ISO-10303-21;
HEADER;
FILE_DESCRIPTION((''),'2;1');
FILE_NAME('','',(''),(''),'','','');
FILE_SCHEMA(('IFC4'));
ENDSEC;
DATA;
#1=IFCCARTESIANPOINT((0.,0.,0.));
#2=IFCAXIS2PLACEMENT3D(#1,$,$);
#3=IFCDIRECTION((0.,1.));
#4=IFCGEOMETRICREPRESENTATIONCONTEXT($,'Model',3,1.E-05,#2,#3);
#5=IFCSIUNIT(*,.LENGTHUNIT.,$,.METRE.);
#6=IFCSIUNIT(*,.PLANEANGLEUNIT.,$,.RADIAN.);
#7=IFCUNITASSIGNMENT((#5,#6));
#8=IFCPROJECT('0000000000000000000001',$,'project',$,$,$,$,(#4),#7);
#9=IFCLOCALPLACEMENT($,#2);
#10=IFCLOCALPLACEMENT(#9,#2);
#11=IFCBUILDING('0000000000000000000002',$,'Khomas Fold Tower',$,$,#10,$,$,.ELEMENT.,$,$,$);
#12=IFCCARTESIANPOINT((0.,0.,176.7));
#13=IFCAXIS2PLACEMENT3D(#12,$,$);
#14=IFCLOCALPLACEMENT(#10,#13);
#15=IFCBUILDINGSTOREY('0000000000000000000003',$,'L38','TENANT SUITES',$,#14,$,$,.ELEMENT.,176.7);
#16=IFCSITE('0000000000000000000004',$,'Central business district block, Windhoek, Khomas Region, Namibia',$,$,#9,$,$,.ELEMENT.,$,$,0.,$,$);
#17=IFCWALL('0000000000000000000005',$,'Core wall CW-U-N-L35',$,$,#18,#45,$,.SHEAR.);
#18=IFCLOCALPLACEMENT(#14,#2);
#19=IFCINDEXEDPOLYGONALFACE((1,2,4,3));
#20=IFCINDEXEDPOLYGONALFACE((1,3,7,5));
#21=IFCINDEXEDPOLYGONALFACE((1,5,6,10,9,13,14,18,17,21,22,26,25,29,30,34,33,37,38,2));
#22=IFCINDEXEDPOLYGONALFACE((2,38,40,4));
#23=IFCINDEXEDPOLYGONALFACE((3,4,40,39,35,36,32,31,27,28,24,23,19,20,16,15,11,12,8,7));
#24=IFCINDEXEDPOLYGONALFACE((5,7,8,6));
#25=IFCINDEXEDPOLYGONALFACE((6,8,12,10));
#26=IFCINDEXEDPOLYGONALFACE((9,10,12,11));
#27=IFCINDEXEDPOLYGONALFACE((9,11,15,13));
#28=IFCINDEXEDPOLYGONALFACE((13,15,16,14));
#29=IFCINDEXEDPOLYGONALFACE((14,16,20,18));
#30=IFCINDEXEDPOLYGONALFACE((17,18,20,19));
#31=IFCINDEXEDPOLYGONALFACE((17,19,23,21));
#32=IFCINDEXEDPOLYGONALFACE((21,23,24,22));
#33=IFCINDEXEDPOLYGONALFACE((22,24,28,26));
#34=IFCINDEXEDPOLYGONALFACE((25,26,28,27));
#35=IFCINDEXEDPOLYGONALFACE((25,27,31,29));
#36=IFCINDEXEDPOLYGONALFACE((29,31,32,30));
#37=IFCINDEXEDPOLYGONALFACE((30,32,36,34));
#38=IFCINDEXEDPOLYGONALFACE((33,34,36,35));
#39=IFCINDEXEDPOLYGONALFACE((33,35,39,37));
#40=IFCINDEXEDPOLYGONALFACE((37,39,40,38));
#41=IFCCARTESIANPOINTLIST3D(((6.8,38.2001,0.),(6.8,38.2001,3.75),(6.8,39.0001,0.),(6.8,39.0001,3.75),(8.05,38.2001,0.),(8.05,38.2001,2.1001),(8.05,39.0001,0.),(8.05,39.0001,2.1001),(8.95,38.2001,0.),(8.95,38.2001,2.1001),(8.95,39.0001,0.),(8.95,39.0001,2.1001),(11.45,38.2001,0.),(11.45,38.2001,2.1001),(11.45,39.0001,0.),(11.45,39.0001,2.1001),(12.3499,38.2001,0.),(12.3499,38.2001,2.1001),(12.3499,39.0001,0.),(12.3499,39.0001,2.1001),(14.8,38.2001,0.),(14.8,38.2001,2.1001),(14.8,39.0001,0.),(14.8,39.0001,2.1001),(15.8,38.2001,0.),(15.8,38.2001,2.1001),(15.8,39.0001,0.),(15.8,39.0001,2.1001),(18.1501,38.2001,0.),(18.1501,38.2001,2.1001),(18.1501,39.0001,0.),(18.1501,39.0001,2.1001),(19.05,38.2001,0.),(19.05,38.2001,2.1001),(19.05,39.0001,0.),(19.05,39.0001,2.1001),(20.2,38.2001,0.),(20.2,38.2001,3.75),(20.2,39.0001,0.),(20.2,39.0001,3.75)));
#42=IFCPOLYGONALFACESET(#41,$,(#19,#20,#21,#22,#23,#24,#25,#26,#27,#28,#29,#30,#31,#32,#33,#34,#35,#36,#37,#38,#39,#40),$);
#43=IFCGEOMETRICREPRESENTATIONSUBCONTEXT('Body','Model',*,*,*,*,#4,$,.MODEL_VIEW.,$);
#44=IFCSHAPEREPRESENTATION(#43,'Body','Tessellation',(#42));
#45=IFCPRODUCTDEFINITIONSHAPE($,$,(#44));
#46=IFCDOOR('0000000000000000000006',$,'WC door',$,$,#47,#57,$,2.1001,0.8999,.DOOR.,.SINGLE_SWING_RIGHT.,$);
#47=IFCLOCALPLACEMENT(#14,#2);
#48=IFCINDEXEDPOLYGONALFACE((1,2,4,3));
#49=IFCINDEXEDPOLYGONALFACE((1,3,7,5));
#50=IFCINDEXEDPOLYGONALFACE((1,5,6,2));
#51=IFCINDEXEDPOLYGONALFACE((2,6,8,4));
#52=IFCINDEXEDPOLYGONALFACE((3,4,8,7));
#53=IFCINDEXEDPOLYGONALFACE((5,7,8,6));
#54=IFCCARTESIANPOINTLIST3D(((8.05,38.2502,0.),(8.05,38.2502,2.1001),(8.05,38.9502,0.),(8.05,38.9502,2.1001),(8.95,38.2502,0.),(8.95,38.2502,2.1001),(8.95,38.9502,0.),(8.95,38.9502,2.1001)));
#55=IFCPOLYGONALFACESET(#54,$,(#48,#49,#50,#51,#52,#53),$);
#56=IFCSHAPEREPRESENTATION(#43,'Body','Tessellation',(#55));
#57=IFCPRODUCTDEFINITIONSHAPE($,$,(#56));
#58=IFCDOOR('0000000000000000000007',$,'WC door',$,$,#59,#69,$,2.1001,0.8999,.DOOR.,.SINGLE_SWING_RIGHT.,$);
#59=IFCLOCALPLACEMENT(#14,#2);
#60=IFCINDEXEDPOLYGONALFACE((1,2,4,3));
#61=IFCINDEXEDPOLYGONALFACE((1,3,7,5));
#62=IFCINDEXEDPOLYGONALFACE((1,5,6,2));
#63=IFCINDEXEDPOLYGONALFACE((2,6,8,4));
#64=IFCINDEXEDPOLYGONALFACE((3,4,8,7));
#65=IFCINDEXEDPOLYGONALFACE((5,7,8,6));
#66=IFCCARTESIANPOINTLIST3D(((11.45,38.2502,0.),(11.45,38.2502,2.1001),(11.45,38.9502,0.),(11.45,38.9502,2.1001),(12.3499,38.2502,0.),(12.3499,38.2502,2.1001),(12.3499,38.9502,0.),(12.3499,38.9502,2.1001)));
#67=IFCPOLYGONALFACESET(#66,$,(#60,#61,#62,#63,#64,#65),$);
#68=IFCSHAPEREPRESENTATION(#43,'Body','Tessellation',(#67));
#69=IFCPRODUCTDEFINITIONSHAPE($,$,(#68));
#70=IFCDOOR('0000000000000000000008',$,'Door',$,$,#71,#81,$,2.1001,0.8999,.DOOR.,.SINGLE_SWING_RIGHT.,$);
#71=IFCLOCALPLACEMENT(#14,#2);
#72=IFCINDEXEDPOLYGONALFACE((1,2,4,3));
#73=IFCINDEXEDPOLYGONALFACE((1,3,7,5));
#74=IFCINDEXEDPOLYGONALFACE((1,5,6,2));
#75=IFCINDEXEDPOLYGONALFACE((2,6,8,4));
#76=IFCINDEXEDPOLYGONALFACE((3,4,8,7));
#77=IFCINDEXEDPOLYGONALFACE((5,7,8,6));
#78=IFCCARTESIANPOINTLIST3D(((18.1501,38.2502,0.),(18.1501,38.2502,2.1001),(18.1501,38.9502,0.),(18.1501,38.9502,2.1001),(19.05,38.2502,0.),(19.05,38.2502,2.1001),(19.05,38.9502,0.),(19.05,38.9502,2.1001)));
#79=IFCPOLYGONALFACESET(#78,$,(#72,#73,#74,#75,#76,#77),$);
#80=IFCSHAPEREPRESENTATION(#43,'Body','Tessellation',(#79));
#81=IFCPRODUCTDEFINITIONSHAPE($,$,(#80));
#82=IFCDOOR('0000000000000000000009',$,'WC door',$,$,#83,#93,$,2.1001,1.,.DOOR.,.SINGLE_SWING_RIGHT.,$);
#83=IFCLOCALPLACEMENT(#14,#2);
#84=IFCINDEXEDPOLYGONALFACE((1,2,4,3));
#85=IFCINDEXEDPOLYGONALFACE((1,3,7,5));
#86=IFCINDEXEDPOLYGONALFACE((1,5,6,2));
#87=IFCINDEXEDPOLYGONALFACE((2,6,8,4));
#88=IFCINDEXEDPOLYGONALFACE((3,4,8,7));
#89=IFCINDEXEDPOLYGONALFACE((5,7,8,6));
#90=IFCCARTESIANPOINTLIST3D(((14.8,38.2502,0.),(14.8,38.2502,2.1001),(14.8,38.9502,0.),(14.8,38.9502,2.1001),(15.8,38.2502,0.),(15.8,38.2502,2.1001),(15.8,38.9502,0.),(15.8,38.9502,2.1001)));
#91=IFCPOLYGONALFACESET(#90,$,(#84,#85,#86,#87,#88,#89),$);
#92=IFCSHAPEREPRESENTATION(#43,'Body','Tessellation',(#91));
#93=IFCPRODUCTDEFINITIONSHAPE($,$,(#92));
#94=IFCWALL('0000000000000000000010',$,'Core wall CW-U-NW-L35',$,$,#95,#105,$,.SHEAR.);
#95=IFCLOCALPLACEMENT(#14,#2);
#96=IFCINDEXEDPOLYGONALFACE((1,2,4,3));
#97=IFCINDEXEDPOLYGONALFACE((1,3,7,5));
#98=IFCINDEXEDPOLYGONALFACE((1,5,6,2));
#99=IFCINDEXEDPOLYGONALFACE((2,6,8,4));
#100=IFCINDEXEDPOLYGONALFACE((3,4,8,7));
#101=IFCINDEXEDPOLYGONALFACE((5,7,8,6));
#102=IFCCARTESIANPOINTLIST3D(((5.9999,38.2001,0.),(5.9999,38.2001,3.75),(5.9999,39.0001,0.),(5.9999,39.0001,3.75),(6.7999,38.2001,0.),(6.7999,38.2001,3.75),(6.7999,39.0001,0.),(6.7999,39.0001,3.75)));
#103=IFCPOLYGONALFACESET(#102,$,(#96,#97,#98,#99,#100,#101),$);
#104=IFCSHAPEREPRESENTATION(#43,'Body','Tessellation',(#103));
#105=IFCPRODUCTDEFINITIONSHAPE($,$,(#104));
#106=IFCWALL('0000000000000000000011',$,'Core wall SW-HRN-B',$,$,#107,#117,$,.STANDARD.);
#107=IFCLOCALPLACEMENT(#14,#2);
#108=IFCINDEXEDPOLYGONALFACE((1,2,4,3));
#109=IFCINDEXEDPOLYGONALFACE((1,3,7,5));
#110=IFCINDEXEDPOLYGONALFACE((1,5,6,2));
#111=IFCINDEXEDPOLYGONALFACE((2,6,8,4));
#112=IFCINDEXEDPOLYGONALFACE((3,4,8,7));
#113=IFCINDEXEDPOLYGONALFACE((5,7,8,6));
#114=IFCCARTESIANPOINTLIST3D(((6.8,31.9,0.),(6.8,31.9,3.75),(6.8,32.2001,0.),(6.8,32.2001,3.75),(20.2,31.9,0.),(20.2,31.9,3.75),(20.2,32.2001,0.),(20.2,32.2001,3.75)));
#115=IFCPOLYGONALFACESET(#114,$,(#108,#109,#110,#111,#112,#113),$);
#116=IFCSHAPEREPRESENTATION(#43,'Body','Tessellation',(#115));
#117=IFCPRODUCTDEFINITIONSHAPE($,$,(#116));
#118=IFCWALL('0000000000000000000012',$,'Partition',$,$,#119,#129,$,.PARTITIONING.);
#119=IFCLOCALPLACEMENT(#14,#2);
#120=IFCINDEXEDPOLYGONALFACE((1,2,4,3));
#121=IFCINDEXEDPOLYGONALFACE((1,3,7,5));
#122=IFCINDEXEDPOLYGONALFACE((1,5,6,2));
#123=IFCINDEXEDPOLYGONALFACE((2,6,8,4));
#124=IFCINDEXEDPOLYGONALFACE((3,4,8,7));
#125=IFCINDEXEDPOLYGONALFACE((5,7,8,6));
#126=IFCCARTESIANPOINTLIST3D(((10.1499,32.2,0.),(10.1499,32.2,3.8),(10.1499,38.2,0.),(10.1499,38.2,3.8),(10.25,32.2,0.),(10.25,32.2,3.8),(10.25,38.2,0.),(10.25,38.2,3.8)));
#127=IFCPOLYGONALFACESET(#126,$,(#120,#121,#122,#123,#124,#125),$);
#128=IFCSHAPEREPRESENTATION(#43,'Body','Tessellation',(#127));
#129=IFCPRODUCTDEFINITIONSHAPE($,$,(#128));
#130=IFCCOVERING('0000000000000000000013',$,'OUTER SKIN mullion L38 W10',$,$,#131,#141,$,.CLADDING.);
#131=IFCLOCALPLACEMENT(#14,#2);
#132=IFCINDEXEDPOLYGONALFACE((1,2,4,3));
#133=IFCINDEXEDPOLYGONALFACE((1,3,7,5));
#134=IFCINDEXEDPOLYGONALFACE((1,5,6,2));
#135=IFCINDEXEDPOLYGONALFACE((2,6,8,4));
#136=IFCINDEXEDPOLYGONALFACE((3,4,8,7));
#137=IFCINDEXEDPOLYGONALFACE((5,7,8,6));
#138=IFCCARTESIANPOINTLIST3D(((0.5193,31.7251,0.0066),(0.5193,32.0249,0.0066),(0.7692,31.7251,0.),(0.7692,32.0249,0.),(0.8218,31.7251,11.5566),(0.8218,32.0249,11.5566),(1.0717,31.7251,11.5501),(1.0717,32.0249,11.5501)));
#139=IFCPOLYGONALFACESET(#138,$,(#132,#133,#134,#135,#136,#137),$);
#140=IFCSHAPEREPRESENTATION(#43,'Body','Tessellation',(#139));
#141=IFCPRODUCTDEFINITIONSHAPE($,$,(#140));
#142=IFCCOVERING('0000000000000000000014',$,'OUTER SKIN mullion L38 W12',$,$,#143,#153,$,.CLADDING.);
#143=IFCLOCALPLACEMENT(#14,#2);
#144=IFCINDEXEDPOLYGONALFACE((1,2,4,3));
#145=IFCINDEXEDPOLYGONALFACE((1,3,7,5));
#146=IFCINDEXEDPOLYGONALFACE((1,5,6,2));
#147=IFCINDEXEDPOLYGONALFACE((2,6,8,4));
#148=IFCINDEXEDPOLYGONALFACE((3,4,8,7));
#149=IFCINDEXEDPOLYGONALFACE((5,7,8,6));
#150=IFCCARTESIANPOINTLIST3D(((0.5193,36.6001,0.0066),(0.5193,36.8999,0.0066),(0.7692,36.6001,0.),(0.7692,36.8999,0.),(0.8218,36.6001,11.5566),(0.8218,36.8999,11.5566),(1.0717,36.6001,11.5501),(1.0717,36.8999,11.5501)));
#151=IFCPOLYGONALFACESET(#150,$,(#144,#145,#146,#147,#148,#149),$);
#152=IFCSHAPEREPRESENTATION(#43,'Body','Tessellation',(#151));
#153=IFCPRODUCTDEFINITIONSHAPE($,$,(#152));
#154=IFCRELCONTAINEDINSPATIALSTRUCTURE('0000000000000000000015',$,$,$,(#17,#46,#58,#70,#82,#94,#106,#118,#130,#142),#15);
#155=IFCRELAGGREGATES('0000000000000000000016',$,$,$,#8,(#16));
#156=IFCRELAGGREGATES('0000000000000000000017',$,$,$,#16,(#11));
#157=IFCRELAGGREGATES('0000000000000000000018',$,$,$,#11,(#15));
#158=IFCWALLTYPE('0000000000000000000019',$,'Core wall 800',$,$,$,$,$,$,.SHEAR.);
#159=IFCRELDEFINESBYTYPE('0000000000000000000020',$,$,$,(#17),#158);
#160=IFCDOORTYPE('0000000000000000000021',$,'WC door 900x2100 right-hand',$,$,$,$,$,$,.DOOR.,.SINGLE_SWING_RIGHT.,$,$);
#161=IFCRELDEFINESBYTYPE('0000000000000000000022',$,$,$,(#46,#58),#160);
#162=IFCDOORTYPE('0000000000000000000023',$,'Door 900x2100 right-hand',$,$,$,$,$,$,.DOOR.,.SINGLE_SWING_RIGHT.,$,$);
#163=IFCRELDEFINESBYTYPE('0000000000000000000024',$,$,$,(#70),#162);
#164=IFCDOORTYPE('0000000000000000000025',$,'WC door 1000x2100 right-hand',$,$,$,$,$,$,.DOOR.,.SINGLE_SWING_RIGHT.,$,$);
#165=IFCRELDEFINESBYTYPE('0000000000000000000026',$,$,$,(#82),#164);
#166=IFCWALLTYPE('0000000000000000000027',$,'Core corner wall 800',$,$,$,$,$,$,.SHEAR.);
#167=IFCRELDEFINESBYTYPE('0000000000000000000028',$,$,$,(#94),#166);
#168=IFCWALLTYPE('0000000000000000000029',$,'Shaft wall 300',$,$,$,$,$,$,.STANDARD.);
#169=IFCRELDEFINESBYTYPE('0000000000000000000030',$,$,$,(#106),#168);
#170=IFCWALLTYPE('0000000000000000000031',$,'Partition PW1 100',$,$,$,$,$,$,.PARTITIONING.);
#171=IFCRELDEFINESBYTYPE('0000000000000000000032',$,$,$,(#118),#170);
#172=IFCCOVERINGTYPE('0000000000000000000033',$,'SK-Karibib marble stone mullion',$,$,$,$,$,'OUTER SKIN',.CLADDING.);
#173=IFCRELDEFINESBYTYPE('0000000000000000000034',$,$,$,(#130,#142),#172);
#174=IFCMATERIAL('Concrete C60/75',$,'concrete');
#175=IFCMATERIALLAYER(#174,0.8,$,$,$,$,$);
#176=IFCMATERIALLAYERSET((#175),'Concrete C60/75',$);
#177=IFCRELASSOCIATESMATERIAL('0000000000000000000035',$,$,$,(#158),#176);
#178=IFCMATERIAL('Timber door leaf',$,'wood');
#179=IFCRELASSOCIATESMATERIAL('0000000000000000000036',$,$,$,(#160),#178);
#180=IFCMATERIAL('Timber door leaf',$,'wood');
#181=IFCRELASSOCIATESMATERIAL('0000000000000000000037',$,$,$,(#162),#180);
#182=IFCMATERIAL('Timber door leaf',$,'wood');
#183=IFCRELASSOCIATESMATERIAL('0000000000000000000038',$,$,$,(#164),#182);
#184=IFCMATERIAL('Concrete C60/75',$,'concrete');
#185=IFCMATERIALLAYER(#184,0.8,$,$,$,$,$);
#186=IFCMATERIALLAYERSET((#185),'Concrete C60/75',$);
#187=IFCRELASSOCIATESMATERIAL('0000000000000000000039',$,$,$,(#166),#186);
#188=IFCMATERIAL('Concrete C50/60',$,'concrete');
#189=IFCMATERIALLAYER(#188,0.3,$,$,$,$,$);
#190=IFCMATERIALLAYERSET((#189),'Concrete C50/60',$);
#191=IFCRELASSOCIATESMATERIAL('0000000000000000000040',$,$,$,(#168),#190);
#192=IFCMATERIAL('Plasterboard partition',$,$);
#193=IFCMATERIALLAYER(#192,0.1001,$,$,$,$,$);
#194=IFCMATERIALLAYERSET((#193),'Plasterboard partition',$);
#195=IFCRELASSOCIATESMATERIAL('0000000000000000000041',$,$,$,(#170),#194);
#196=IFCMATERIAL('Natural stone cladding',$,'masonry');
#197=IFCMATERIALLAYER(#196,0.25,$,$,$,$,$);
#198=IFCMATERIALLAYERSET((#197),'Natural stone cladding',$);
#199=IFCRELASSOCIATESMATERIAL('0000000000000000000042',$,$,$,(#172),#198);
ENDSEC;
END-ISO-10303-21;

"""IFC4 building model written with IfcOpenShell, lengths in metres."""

from ifc_helpers import new_model, si_unit, direction, frame, frame_2d, origin, place, context, subcontext, project, spatial, polyline, rectangle, outline, extrude, source, transform, mapped, material, layer, layer_set, type_object, element, fill, save


model = new_model("IFC4")

# Units and contexts
model_context = context("Model", 3, precision=1e-05, world=origin(), true_north=direction((0.0, 1.0)))
body_context = subcontext(model_context, "Body", "Model", "MODEL_VIEW")
ifc_project = project(units=[si_unit("LENGTHUNIT", "METRE"), si_unit("PLANEANGLEUNIT", "RADIAN")], contexts=[model_context])

# Site, building, storey
site_placement = place(None, origin())
site = spatial("IfcSite", under=ifc_project, at=site_placement, Name="Central business district block, Windhoek, Khomas Region, Namibia", CompositionType="ELEMENT", RefElevation=0.0)
building_placement = place(site_placement, origin())
building = spatial("IfcBuilding", under=site, at=building_placement, Name="Khomas Fold Tower", CompositionType="ELEMENT")
storey_placement = place(building_placement, frame((0.0, 0.0, 176.7)))
storey = spatial("IfcBuildingStorey", under=building, at=storey_placement, Name="L38", Description="TENANT SUITES", CompositionType="ELEMENT", Elevation=176.7)

# Wall, openings, doors
ifc_material_1 = material(Name="Concrete C60/75", Category="concrete")
ifc_layer_1 = layer(ifc_material_1, 0.8)
ifc_layer_set_1 = layer_set([ifc_layer_1], Name="Concrete C60/75")
wall_type_1 = type_object("IfcWallType", Name="Core wall 800", PredefinedType="SHEAR", material=ifc_layer_set_1)
shared_shape_1 = source(origin(), body_context, "Body", "SweptSolid", [
    extrude(rectangle(XDim=13.3999, YDim=0.8, at=frame_2d((6.7, 0.0))), origin(), (0.0, 0.0, 1.0), 3.75),
])
wall_1_placement = place(storey_placement, frame((6.8, 38.6001, 0.0), z_axis=(0.0, 0.0, 1.0), x_axis=(1.0, 0.0, 0.0)))
wall_1 = element("IfcWall", 1, at=wall_1_placement, inside=storey, type_object=wall_type_1, Name="Core wall CW-U-N-L35", PredefinedType="SHEAR", context=body_context, shape_type="MappedRepresentation", body=[
    mapped(shared_shape_1, transform((0.0, 0.0, 0.0))),
])
shared_shape_2 = source(origin(), body_context, "Body", "SweptSolid", [
    extrude(rectangle(XDim=0.8999, YDim=2.1001, at=frame_2d((0.45, 1.05))), frame((0.0, 0.4099, 0.0), z_axis=(0.0, -1.0, 0.0), x_axis=(1.0, 0.0, 0.0)), (0.0, 0.0, 1.0), 0.8201),
])
opening_1_placement = place(wall_1_placement, frame((1.25, 0.0, 0.0)))
opening_1 = element("IfcOpeningElement", 2, at=opening_1_placement, cuts=wall_1, PredefinedType="OPENING", context=body_context, shape_type="MappedRepresentation", body=[
    mapped(shared_shape_2, transform((0.0, 0.0, 0.0))),
])
opening_2_placement = place(wall_1_placement, frame((4.6499, 0.0, 0.0)))
opening_2 = element("IfcOpeningElement", 3, at=opening_2_placement, cuts=wall_1, PredefinedType="OPENING", context=body_context, shape_type="MappedRepresentation", body=[
    mapped(shared_shape_2, transform((0.0, 0.0, 0.0))),
])
shared_shape_3 = source(origin(), body_context, "Body", "SweptSolid", [
    extrude(rectangle(XDim=1.0, YDim=2.1001, at=frame_2d((0.5, 1.05))), frame((0.0, 0.4099, 0.0), z_axis=(0.0, -1.0, 0.0), x_axis=(1.0, 0.0, 0.0)), (0.0, 0.0, 1.0), 0.8201),
])
opening_3_placement = place(wall_1_placement, frame((8.0, 0.0, 0.0)))
opening_3 = element("IfcOpeningElement", 4, at=opening_3_placement, cuts=wall_1, PredefinedType="OPENING", context=body_context, shape_type="MappedRepresentation", body=[
    mapped(shared_shape_3, transform((0.0, 0.0, 0.0))),
])
opening_4_placement = place(wall_1_placement, frame((11.3501, 0.0, 0.0)))
opening_4 = element("IfcOpeningElement", 5, at=opening_4_placement, cuts=wall_1, PredefinedType="OPENING", context=body_context, shape_type="MappedRepresentation", body=[
    mapped(shared_shape_2, transform((0.0, 0.0, 0.0))),
])
ifc_material_2 = material(Name="Timber door leaf", Category="wood")
door_type_1 = type_object("IfcDoorType", Name="WC door 900x2100 right-hand", OperationType="SINGLE_SWING_RIGHT", PredefinedType="DOOR", material=ifc_material_2)
shared_shape_4 = source(origin(), body_context, "Body", "SweptSolid", [
    extrude(rectangle(XDim=0.8999, YDim=2.1001, at=frame_2d((0.45, 1.05))), frame((0.0, 0.3501, 0.0), z_axis=(0.0, -1.0, 0.0), x_axis=(1.0, 0.0, 0.0)), (0.0, 0.0, 1.0), 0.7),
])
door_1_placement = place(opening_1_placement, origin())
door_1 = element("IfcDoor", 6, at=door_1_placement, inside=storey, type_object=door_type_1, Name="WC door", OperationType="SINGLE_SWING_RIGHT", OverallHeight=2.1001, OverallWidth=0.8999, PredefinedType="DOOR", context=body_context, shape_type="MappedRepresentation", body=[
    mapped(shared_shape_4, transform((0.0, 0.0, 0.0))),
])
fill(opening_1, door_1)
door_2_placement = place(opening_2_placement, origin())
door_2 = element("IfcDoor", 7, at=door_2_placement, inside=storey, type_object=door_type_1, Name="WC door", OperationType="SINGLE_SWING_RIGHT", OverallHeight=2.1001, OverallWidth=0.8999, PredefinedType="DOOR", context=body_context, shape_type="MappedRepresentation", body=[
    mapped(shared_shape_4, transform((0.0, 0.0, 0.0))),
])
fill(opening_2, door_2)
ifc_material_3 = material(Name="Timber door leaf", Category="wood")
door_type_2 = type_object("IfcDoorType", Name="Door 900x2100 right-hand", OperationType="SINGLE_SWING_RIGHT", PredefinedType="DOOR", material=ifc_material_3)
door_3_placement = place(opening_4_placement, origin())
door_3 = element("IfcDoor", 8, at=door_3_placement, inside=storey, type_object=door_type_2, Name="Door", OperationType="SINGLE_SWING_RIGHT", OverallHeight=2.1001, OverallWidth=0.8999, PredefinedType="DOOR", context=body_context, shape_type="MappedRepresentation", body=[
    mapped(shared_shape_4, transform((0.0, 0.0, 0.0))),
])
fill(opening_4, door_3)
ifc_material_4 = material(Name="Timber door leaf", Category="wood")
door_type_3 = type_object("IfcDoorType", Name="WC door 1000x2100 right-hand", OperationType="SINGLE_SWING_RIGHT", PredefinedType="DOOR", material=ifc_material_4)
shared_shape_5 = source(origin(), body_context, "Body", "SweptSolid", [
    extrude(rectangle(XDim=1.0, YDim=2.1001, at=frame_2d((0.5, 1.05))), frame((0.0, 0.3501, 0.0), z_axis=(0.0, -1.0, 0.0), x_axis=(1.0, 0.0, 0.0)), (0.0, 0.0, 1.0), 0.7),
])
door_4_placement = place(opening_3_placement, origin())
door_4 = element("IfcDoor", 9, at=door_4_placement, inside=storey, type_object=door_type_3, Name="WC door", OperationType="SINGLE_SWING_RIGHT", OverallHeight=2.1001, OverallWidth=1.0, PredefinedType="DOOR", context=body_context, shape_type="MappedRepresentation", body=[
    mapped(shared_shape_5, transform((0.0, 0.0, 0.0))),
])
fill(opening_3, door_4)

# Walls
ifc_material_5 = material(Name="Concrete C60/75", Category="concrete")
ifc_layer_2 = layer(ifc_material_5, 0.8)
ifc_layer_set_2 = layer_set([ifc_layer_2], Name="Concrete C60/75")
wall_type_2 = type_object("IfcWallType", Name="Core corner wall 800", PredefinedType="SHEAR", material=ifc_layer_set_2)
shared_shape_6 = source(origin(), body_context, "Body", "SweptSolid", [
    extrude(rectangle(XDim=0.8, YDim=0.8, at=frame_2d((0.3999, 0.0))), origin(), (0.0, 0.0, 1.0), 3.75),
])
wall_2_placement = place(storey_placement, frame((6.0, 38.6001, 0.0), z_axis=(0.0, 0.0, 1.0), x_axis=(1.0, 0.0, 0.0)))
element("IfcWall", 10, at=wall_2_placement, inside=storey, type_object=wall_type_2, Name="Core wall CW-U-NW-L35", PredefinedType="SHEAR", context=body_context, shape_type="MappedRepresentation", body=[
    mapped(shared_shape_6, transform((0.0, 0.0, 0.0))),
])
ifc_material_6 = material(Name="Concrete C50/60", Category="concrete")
ifc_layer_3 = layer(ifc_material_6, 0.3)
ifc_layer_set_3 = layer_set([ifc_layer_3], Name="Concrete C50/60")
wall_type_3 = type_object("IfcWallType", Name="Shaft wall 300", PredefinedType="STANDARD", material=ifc_layer_set_3)
shared_shape_7 = source(origin(), body_context, "Body", "SweptSolid", [
    extrude(rectangle(XDim=13.3999, YDim=0.3, at=frame_2d((6.7, 0.0))), origin(), (0.0, 0.0, 1.0), 3.75),
])
wall_3_placement = place(storey_placement, frame((6.8, 32.05, 0.0), z_axis=(0.0, 0.0, 1.0), x_axis=(1.0, 0.0, 0.0)))
element("IfcWall", 11, at=wall_3_placement, inside=storey, type_object=wall_type_3, Name="Core wall SW-HRN-B", PredefinedType="STANDARD", context=body_context, shape_type="MappedRepresentation", body=[
    mapped(shared_shape_7, transform((0.0, 0.0, 0.0))),
])
ifc_material_7 = material(Name="Plasterboard partition")
ifc_layer_4 = layer(ifc_material_7, 0.1001)
ifc_layer_set_4 = layer_set([ifc_layer_4], Name="Plasterboard partition")
wall_type_4 = type_object("IfcWallType", Name="Partition PW1 100", PredefinedType="PARTITIONING", material=ifc_layer_set_4)
shared_shape_8 = source(origin(), body_context, "Body", "SweptSolid", [
    extrude(rectangle(XDim=6.0, YDim=0.1001, at=frame_2d((3.0, 0.0))), origin(), (0.0, 0.0, 1.0), 3.8),
])
wall_4_placement = place(storey_placement, frame((10.2, 32.2, 0.0), z_axis=(0.0, 0.0, 1.0), x_axis=(0.0, 1.0, 0.0)))
element("IfcWall", 12, at=wall_4_placement, inside=storey, type_object=wall_type_4, Name="Partition", PredefinedType="PARTITIONING", context=body_context, shape_type="MappedRepresentation", body=[
    mapped(shared_shape_8, transform((0.0, 0.0, 0.0))),
])

# Coverings
ifc_material_8 = material(Name="Natural stone cladding", Category="masonry")
ifc_layer_5 = layer(ifc_material_8, 0.25)
ifc_layer_set_5 = layer_set([ifc_layer_5], Name="Natural stone cladding")
covering_type = type_object("IfcCoveringType", Name="SK-Karibib marble stone mullion", ElementType="OUTER SKIN", PredefinedType="CLADDING", material=ifc_layer_set_5)
for number, where, z_axis, x_axis, name in (
    (13, (0.5193, 31.7251, 0.0066), (-0.999657, 0.0, 0.026181), (0.0, 1.0, 0.0), "OUTER SKIN mullion L38 W10"),
    (14, (0.5193, 36.6001, 0.0066), (-0.999657, 0.0, 0.026181), (0.0, 1.0, 0.0), "OUTER SKIN mullion L38 W12"),
):
    element("IfcCovering", number, at=place(storey_placement, frame(where, z_axis=z_axis, x_axis=x_axis)), inside=storey, type_object=covering_type, Name=name, PredefinedType="CLADDING", context=body_context, shape_type="SweptSolid", body=[
        extrude(outline(polyline([(0.0, 0.0), (0.2998, 0.0), (0.2998, -11.554), (0.0, -11.554), (0.0, 0.0)])), origin(), (0.0, 0.0, -1.0), 0.25),
    ])

save(model, "model.ifc")
